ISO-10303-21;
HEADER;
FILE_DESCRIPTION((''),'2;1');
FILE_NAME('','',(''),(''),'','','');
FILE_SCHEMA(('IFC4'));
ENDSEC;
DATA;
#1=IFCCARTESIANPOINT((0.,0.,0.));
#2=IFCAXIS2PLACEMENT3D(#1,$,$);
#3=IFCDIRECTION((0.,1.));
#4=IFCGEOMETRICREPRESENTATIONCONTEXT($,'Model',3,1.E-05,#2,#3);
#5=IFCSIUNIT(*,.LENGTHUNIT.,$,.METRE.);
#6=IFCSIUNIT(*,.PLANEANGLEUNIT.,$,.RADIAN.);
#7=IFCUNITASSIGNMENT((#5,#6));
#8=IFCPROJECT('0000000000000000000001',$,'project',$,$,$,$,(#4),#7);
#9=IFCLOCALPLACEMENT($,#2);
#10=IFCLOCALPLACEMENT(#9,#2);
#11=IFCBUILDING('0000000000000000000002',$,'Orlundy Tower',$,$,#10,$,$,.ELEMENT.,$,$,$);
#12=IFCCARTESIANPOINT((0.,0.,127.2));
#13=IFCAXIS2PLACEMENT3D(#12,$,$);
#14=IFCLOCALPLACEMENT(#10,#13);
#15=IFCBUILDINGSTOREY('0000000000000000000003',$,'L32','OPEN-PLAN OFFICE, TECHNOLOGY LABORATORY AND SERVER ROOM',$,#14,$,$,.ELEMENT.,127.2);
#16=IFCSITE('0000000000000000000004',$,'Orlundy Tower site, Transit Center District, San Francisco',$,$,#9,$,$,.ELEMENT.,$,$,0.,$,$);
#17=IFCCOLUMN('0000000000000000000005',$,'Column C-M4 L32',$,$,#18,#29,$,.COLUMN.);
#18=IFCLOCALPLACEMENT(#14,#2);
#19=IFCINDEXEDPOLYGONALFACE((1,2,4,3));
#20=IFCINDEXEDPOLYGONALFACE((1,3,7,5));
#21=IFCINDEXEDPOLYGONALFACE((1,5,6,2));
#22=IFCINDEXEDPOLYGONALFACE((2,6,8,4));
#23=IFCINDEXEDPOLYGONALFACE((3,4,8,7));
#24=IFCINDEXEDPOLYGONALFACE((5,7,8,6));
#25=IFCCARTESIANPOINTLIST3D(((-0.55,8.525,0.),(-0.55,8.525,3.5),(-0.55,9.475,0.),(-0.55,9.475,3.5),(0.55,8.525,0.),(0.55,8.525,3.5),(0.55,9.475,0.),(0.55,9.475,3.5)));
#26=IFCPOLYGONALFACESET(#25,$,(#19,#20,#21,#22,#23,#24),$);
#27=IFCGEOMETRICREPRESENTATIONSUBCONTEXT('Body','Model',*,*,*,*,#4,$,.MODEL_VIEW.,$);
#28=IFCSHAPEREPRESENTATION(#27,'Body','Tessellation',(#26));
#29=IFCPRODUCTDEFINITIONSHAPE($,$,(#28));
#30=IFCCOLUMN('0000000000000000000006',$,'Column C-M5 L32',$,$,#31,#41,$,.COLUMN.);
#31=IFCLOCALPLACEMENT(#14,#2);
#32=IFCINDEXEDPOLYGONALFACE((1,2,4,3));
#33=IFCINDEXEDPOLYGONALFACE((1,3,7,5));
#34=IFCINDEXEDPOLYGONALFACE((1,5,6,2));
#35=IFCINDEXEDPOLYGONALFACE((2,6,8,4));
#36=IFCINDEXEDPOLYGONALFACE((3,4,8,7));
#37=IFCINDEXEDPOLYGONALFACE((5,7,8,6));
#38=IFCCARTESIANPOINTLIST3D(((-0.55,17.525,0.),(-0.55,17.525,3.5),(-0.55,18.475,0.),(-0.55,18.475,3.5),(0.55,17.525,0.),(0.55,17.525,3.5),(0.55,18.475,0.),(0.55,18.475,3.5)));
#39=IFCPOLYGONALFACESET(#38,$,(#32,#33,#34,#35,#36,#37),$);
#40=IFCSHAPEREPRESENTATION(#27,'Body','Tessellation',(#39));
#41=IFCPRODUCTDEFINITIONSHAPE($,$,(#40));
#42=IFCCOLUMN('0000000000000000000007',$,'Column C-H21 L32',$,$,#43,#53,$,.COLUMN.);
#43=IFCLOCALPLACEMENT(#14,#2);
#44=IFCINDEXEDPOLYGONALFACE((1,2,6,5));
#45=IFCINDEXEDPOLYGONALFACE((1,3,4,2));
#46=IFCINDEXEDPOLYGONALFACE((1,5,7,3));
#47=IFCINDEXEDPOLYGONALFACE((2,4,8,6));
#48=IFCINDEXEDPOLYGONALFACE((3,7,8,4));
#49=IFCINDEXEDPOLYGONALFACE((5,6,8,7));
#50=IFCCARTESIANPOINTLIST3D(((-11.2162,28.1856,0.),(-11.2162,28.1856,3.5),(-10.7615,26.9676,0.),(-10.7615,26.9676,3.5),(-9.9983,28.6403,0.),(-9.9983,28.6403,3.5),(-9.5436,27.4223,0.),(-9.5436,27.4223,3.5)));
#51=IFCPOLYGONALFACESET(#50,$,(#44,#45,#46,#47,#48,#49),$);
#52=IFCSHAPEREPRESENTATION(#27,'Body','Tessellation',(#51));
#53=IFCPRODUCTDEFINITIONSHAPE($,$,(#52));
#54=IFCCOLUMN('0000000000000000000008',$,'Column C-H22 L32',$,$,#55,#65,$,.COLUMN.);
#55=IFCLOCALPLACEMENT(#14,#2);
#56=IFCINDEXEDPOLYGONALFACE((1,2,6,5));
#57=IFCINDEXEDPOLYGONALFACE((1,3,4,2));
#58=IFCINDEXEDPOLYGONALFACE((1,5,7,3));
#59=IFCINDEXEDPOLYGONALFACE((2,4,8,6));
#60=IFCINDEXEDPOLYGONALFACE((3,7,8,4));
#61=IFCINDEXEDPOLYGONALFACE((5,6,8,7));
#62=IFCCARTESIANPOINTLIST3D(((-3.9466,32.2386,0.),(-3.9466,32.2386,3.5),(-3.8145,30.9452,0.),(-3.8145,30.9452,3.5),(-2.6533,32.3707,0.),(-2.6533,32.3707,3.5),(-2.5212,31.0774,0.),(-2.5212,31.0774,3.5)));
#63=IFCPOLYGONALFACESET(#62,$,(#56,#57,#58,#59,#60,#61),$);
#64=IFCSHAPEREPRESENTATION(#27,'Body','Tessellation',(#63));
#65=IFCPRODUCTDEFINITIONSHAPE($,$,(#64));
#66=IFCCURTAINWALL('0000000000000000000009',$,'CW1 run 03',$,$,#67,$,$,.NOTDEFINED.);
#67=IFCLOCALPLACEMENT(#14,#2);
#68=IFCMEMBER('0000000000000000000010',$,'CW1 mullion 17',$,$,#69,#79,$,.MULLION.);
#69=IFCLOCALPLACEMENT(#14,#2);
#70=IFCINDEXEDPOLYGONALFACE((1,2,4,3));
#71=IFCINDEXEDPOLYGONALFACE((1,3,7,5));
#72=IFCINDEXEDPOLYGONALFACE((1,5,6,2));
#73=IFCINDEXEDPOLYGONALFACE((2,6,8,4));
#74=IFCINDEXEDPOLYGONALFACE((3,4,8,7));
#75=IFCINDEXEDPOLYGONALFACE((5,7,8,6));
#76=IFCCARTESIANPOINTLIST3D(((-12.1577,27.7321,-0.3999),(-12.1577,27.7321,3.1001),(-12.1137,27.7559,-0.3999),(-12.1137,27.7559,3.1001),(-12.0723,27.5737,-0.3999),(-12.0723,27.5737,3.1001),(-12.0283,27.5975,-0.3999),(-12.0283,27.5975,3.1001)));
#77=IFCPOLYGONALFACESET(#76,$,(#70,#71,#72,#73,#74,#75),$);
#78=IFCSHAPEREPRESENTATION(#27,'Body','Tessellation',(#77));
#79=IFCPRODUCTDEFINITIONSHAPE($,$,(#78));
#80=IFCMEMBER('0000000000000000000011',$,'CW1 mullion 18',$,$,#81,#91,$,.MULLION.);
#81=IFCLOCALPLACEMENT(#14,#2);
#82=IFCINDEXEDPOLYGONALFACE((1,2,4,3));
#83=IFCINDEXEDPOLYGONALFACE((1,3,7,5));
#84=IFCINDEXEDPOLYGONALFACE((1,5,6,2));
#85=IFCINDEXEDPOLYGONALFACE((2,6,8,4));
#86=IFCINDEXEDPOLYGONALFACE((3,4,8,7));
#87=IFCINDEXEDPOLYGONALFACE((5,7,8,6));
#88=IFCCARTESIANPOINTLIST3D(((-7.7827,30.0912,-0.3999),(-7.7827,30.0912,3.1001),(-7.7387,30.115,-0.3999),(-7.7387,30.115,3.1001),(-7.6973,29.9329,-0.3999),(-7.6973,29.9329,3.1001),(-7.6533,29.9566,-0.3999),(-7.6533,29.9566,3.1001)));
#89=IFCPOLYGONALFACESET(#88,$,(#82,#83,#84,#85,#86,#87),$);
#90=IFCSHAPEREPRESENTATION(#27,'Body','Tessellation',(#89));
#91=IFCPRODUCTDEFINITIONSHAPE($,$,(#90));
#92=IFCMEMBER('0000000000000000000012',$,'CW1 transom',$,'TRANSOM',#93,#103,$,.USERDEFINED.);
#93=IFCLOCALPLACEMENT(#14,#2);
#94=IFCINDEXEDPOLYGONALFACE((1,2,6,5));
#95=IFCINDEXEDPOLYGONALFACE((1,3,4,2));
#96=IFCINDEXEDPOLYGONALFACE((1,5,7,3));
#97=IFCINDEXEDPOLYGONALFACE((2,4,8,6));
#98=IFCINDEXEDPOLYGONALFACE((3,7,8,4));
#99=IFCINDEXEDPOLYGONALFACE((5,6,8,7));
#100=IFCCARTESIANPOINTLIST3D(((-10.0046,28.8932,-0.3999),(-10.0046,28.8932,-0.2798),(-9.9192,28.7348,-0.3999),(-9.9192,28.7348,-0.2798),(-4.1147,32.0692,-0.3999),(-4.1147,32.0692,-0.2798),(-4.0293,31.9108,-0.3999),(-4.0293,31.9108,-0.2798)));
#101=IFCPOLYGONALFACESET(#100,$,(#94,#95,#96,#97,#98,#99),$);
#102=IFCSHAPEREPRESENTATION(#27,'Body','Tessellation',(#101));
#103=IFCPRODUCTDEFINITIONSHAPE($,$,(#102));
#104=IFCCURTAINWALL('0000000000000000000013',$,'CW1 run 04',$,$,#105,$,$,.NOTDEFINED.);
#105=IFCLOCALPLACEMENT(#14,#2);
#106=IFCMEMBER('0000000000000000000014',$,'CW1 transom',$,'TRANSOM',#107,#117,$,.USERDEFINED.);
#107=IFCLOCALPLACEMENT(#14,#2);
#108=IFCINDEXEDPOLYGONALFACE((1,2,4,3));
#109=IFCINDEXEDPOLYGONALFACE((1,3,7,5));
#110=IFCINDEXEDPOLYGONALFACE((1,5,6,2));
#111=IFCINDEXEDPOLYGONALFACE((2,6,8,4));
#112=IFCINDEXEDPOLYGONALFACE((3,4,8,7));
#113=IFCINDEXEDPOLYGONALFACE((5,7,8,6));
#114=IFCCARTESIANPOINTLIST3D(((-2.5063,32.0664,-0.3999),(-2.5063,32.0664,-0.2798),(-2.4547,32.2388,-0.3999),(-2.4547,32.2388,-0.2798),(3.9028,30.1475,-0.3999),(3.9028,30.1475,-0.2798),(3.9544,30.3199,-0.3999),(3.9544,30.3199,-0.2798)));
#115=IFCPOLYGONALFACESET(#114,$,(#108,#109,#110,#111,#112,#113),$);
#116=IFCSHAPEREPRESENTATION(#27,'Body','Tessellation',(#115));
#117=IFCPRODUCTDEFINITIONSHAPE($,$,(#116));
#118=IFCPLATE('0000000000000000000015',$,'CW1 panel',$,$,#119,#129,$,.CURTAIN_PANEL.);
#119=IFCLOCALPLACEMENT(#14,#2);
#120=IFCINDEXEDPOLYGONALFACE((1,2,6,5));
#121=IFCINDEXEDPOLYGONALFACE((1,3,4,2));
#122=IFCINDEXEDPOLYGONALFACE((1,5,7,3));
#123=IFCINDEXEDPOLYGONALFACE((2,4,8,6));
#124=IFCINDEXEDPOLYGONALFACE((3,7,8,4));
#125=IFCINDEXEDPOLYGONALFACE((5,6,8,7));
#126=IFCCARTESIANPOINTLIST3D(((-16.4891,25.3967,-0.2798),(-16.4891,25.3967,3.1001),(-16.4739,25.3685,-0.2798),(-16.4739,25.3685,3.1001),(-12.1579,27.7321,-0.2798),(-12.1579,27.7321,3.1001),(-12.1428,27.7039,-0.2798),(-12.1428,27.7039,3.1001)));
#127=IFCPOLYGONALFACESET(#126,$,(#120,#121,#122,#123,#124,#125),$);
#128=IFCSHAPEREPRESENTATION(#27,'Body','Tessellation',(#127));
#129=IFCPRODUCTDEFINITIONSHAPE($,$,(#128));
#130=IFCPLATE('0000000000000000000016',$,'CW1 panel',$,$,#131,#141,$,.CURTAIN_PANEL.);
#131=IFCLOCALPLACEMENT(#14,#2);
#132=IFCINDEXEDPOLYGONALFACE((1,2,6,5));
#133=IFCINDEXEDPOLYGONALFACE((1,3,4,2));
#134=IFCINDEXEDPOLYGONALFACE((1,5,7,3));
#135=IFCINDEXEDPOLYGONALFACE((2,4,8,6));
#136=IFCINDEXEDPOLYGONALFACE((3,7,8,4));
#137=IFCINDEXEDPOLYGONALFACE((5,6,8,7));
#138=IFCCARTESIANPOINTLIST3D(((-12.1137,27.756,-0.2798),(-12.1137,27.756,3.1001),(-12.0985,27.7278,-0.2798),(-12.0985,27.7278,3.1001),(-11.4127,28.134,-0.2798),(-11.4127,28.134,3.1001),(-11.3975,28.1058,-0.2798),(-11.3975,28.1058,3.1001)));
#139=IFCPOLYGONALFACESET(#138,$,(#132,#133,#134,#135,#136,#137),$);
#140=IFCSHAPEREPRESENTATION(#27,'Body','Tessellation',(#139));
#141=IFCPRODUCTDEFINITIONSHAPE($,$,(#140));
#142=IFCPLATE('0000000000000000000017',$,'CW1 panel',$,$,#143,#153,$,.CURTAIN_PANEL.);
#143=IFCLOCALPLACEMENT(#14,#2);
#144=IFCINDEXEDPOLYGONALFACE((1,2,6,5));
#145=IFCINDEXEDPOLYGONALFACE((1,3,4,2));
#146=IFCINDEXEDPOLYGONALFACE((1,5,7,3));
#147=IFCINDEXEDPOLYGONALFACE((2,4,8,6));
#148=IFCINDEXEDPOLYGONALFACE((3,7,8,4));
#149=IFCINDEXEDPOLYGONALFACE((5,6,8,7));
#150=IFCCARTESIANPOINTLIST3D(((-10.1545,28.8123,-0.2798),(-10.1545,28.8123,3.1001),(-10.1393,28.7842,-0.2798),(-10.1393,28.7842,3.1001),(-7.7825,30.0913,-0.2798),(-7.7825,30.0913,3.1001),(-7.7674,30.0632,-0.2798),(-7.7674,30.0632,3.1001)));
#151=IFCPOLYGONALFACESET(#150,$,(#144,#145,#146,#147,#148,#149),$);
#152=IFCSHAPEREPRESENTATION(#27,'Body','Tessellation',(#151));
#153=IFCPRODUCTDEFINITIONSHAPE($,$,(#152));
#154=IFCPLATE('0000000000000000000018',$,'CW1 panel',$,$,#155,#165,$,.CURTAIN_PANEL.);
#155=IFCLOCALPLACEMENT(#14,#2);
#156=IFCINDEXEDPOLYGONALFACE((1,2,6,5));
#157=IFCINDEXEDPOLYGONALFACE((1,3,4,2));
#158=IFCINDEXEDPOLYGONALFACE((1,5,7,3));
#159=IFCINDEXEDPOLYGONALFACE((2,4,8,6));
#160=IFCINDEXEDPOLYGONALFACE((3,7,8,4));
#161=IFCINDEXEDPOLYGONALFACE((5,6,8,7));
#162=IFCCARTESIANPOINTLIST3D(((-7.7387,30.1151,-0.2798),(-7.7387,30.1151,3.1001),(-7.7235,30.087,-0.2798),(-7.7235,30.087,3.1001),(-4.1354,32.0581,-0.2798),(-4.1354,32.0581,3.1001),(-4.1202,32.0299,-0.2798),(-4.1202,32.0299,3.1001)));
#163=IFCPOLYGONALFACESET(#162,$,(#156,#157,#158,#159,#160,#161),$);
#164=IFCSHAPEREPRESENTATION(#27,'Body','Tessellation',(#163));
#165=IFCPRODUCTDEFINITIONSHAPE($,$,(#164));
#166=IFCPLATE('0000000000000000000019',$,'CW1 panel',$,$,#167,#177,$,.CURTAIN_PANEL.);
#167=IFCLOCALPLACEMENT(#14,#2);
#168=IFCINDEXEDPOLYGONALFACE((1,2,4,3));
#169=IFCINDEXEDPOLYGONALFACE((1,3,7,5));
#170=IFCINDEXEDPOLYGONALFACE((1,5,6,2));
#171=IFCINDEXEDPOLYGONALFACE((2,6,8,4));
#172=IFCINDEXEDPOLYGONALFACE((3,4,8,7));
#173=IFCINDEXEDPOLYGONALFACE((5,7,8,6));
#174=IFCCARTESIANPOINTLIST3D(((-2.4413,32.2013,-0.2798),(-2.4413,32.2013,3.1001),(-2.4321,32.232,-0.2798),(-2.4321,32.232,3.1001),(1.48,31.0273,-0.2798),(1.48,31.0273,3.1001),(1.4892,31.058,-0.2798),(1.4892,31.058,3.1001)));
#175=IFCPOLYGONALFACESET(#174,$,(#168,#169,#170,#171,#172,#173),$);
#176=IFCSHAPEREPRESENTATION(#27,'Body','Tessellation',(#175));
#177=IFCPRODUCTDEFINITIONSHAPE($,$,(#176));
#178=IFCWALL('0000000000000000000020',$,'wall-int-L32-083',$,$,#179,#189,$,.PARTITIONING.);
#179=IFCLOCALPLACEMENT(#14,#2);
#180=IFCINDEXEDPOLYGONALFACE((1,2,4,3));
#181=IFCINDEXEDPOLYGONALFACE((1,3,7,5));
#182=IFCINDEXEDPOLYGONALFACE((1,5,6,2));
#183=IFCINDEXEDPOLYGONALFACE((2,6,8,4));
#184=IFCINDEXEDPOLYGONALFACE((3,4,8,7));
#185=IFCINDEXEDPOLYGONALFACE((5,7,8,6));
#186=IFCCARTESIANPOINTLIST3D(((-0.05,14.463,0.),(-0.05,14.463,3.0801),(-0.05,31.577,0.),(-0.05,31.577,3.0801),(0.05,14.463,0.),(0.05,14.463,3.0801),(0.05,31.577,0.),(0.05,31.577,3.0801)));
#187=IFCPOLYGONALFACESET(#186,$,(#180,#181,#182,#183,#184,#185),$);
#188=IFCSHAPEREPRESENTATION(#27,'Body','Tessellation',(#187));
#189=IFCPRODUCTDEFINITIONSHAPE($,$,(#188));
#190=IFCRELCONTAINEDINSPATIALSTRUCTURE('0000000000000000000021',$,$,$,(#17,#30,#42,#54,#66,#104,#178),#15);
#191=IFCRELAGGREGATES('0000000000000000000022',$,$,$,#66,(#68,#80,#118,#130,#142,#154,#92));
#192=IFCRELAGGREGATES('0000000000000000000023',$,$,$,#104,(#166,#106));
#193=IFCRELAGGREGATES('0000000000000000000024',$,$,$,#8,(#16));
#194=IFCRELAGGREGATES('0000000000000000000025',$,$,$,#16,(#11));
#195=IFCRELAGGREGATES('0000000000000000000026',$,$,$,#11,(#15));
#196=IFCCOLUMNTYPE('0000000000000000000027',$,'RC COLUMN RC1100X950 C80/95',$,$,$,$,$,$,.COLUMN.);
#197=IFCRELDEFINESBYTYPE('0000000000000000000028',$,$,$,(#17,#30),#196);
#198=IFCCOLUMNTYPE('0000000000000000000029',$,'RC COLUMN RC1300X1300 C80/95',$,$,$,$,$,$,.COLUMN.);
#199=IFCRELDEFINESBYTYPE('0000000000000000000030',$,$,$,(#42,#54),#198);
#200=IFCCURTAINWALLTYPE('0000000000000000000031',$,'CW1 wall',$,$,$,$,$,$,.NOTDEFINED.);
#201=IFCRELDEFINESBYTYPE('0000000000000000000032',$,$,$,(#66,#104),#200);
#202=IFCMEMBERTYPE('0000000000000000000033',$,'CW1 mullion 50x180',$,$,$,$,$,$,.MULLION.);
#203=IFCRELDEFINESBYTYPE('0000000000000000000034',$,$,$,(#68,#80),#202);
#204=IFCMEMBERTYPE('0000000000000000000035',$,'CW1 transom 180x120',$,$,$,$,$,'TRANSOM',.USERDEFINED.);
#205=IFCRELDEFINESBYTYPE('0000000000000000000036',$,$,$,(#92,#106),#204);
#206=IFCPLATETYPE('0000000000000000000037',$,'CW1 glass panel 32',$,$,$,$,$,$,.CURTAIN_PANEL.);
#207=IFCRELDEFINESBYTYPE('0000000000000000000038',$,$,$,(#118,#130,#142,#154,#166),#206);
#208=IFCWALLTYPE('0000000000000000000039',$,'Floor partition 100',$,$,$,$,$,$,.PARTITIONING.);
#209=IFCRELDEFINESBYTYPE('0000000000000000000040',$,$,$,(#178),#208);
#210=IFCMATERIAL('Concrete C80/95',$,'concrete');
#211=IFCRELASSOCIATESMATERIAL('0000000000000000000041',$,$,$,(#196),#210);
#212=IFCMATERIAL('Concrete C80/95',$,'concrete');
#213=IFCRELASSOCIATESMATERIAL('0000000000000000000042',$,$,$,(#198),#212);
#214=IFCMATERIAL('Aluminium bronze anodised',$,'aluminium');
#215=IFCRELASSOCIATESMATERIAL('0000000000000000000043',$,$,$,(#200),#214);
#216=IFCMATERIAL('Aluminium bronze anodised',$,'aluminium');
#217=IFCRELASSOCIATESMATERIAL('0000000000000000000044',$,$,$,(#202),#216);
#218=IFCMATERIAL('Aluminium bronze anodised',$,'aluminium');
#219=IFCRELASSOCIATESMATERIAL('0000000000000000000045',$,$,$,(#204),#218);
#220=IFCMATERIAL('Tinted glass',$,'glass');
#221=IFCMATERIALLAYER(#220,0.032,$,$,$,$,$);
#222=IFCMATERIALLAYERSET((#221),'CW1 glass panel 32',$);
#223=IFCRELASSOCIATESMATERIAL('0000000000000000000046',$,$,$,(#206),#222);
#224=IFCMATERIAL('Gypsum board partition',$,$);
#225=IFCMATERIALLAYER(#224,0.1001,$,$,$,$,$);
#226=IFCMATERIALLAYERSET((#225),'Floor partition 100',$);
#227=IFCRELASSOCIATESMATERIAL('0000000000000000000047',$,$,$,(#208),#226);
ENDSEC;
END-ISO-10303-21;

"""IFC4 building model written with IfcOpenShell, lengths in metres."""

from ifc_helpers import new_model, si_unit, direction, frame, frame_2d, origin, origin_2d, place, context, subcontext, project, spatial, rectangle, extrude, material, layer, layer_set, material_profile, profile_set, type_object, element, aggregate, save


model = new_model("IFC4")

# Units and contexts
model_context = context("Model", 3, precision=1e-05, world=origin(), true_north=direction((0.0, 1.0)))
body_context = subcontext(model_context, "Body", "Model", "MODEL_VIEW")
ifc_project = project(units=[si_unit("LENGTHUNIT", "METRE"), si_unit("PLANEANGLEUNIT", "RADIAN")], contexts=[model_context])

# Site, building, storey
site_placement = place(None, origin())
site = spatial("IfcSite", under=ifc_project, at=site_placement, Name="Orlundy Tower site, Transit Center District, San Francisco", CompositionType="ELEMENT", RefElevation=0.0)
building_placement = place(site_placement, origin())
building = spatial("IfcBuilding", under=site, at=building_placement, Name="Orlundy Tower", CompositionType="ELEMENT")
storey_placement = place(building_placement, frame((0.0, 0.0, 127.2)))
storey = spatial("IfcBuildingStorey", under=building, at=storey_placement, Name="L32", Description="OPEN-PLAN OFFICE, TECHNOLOGY LABORATORY AND SERVER ROOM", CompositionType="ELEMENT", Elevation=127.2)

# Columns
ifc_material_1 = material(Name="Concrete C80/95", Category="concrete")
ifc_material_profile_1 = material_profile(ifc_material_1, rectangle(XDim=1.1001, YDim=0.95, at=origin_2d()), Name="RC1100X950")
ifc_profile_set_1 = profile_set([ifc_material_profile_1], Name="Concrete C80/95")
column_type_1 = type_object("IfcColumnType", Name="RC COLUMN RC1100X950 C80/95", PredefinedType="COLUMN", material=ifc_profile_set_1)
for number, where, z_axis, x_axis, name in (
    (1, (0.0, 9.0, 0.0), (0.0, 0.0, 1.0), (1.0, 0.0, 0.0), "Column C-M4 L32"),
    (2, (0.0, 18.0, 0.0), (0.0, 0.0, 1.0), (1.0, 0.0, 0.0), "Column C-M5 L32"),
):
    element("IfcColumn", number, at=place(storey_placement, frame(where, z_axis=z_axis, x_axis=x_axis)), inside=storey, type_object=column_type_1, Name=name, PredefinedType="COLUMN", context=body_context, shape_type="SweptSolid", body=[
        extrude(rectangle(XDim=1.1001, YDim=0.95, at=origin_2d()), origin(), (0.0, 0.0, 1.0), 3.5),
    ])
ifc_material_2 = material(Name="Concrete C80/95", Category="concrete")
ifc_material_profile_2 = material_profile(ifc_material_2, rectangle(XDim=1.3, YDim=1.3, at=origin_2d()), Name="RC1300X1300")
ifc_profile_set_2 = profile_set([ifc_material_profile_2], Name="Concrete C80/95")
column_type_2 = type_object("IfcColumnType", Name="RC COLUMN RC1300X1300 C80/95", PredefinedType="COLUMN", material=ifc_profile_set_2)
for number, where, z_axis, x_axis, name in (
    (3, (-10.3799, 27.804, 0.0), (0.0, 0.0, 1.0), (-0.34975, 0.936843, 0.0), "Column C-H21 L32"),
    (4, (-3.2339, 31.658, 0.0), (0.0, 0.0, 1.0), (-0.101629, 0.994822, 0.0), "Column C-H22 L32"),
):
    element("IfcColumn", number, at=place(storey_placement, frame(where, z_axis=z_axis, x_axis=x_axis)), inside=storey, type_object=column_type_2, Name=name, PredefinedType="COLUMN", context=body_context, shape_type="SweptSolid", body=[
        extrude(rectangle(XDim=1.3, YDim=1.3, at=origin_2d()), origin(), (0.0, 0.0, 1.0), 3.5),
    ])

# Curtain wall, members
ifc_material_3 = material(Name="Aluminium bronze anodised", Category="aluminium")
curtain_wall_type = type_object("IfcCurtainWallType", Name="CW1 wall", PredefinedType="NOTDEFINED", material=ifc_material_3)
curtain_wall_1_placement = place(storey_placement, origin())
curtain_wall_1 = element("IfcCurtainWall", 5, at=curtain_wall_1_placement, inside=storey, type_object=curtain_wall_type, Name="CW1 run 03", PredefinedType="NOTDEFINED")
ifc_material_4 = material(Name="Aluminium bronze anodised", Category="aluminium")
ifc_material_profile_3 = material_profile(ifc_material_4, rectangle(XDim=0.1799, YDim=0.05, at=origin_2d()), Name="CW1 mullion 50x180")
ifc_profile_set_3 = profile_set([ifc_material_profile_3], Name="Aluminium bronze anodised")
member_type_1 = type_object("IfcMemberType", Name="CW1 mullion 50x180", PredefinedType="MULLION", material=ifc_profile_set_3)
member_1_placement = place(storey_placement, frame((-12.093, 27.6648, -0.3999), z_axis=(0.0, 0.0, 1.0), x_axis=(-0.474618, 0.880192, 0.0)))
member_1 = element("IfcMember", 6, at=member_1_placement, type_object=member_type_1, Name="CW1 mullion 17", PredefinedType="MULLION", context=body_context, shape_type="SweptSolid", body=[
    extrude(rectangle(XDim=0.1799, YDim=0.05, at=origin_2d()), origin(), (0.0, 0.0, 1.0), 3.5),
])
member_2_placement = place(storey_placement, frame((-7.718, 30.0239, -0.3999), z_axis=(0.0, 0.0, 1.0), x_axis=(-0.474618, 0.880192, 0.0)))
member_2 = element("IfcMember", 7, at=member_2_placement, type_object=member_type_1, Name="CW1 mullion 18", PredefinedType="MULLION", context=body_context, shape_type="SweptSolid", body=[
    extrude(rectangle(XDim=0.1799, YDim=0.05, at=origin_2d()), origin(), (0.0, 0.0, 1.0), 3.5),
])
ifc_material_5 = material(Name="Aluminium bronze anodised", Category="aluminium")
ifc_material_profile_4 = material_profile(ifc_material_5, rectangle(XDim=0.1799, YDim=0.1201, at=origin_2d()), Name="CW1 transom 180x120")
ifc_profile_set_4 = profile_set([ifc_material_profile_4], Name="Aluminium bronze anodised")
member_type_2 = type_object("IfcMemberType", Name="CW1 transom 180x120", ElementType="TRANSOM", PredefinedType="USERDEFINED", material=ifc_profile_set_4)
member_3_placement = place(storey_placement, frame((-9.9619, 28.814, -0.3398), z_axis=(0.880187, 0.474626, 0.0), x_axis=(-0.474626, 0.880187, 0.0)))
member_3 = element("IfcMember", 8, at=member_3_placement, type_object=member_type_2, Name="CW1 transom", ObjectType="TRANSOM", PredefinedType="USERDEFINED", context=body_context, shape_type="SweptSolid", body=[
    extrude(rectangle(XDim=0.1799, YDim=0.1201, at=origin_2d()), origin(), (0.0, 0.0, 1.0), 6.6917),
])

# Curtain wall, member
curtain_wall_2_placement = place(storey_placement, origin())
curtain_wall_2 = element("IfcCurtainWall", 9, at=curtain_wall_2_placement, inside=storey, type_object=curtain_wall_type, Name="CW1 run 04", PredefinedType="NOTDEFINED")
member_4_placement = place(storey_placement, frame((-2.4805, 32.1526, -0.3398), z_axis=(0.957983, -0.286826, 0.0), x_axis=(0.286826, 0.957983, 0.0)))
member_4 = element("IfcMember", 10, at=member_4_placement, type_object=member_type_2, Name="CW1 transom", ObjectType="TRANSOM", PredefinedType="USERDEFINED", context=body_context, shape_type="SweptSolid", body=[
    extrude(rectangle(XDim=0.1799, YDim=0.1201, at=origin_2d()), origin(), (0.0, 0.0, 1.0), 6.6902),
])

# Plates
ifc_material_6 = material(Name="Tinted glass", Category="glass")
ifc_layer_1 = layer(ifc_material_6, 0.032)
ifc_layer_set_1 = layer_set([ifc_layer_1], Name="CW1 glass panel 32")
plate_type = type_object("IfcPlateType", Name="CW1 glass panel 32", PredefinedType="CURTAIN_PANEL", material=ifc_layer_set_1)
plate_1_placement = place(storey_placement, frame((-14.3159, 26.5503, -0.2798), z_axis=(0.0, 0.0, 1.0), x_axis=(0.880192, 0.474618, 0.0)))
plate_1 = element("IfcPlate", 11, at=plate_1_placement, type_object=plate_type, Name="CW1 panel", PredefinedType="CURTAIN_PANEL", context=body_context, shape_type="SweptSolid", body=[
    extrude(rectangle(XDim=4.9207, YDim=0.032, at=origin_2d()), origin(), (0.0, 0.0, 1.0), 3.3799),
])
plate_2_placement = place(storey_placement, frame((-11.7556, 27.9309, -0.2798), z_axis=(0.0, 0.0, 1.0), x_axis=(0.880192, 0.474618, 0.0)))
plate_2 = element("IfcPlate", 12, at=plate_2_placement, type_object=plate_type, Name="CW1 panel", PredefinedType="CURTAIN_PANEL", context=body_context, shape_type="SweptSolid", body=[
    extrude(rectangle(XDim=0.7964, YDim=0.032, at=origin_2d()), origin(), (0.0, 0.0, 1.0), 3.3799),
])
plate_3_placement = place(storey_placement, frame((-8.9609, 29.4377, -0.2798), z_axis=(0.0, 0.0, 1.0), x_axis=(0.880192, 0.474618, 0.0)))
plate_3 = element("IfcPlate", 13, at=plate_3_placement, type_object=plate_type, Name="CW1 panel", PredefinedType="CURTAIN_PANEL", context=body_context, shape_type="SweptSolid", body=[
    extrude(rectangle(XDim=2.6948, YDim=0.032, at=origin_2d()), origin(), (0.0, 0.0, 1.0), 3.3799),
])
plate_4_placement = place(storey_placement, frame((-5.9294, 31.0725, -0.2798), z_axis=(0.0, 0.0, 1.0), x_axis=(0.880192, 0.474618, 0.0)))
plate_4 = element("IfcPlate", 14, at=plate_4_placement, type_object=plate_type, Name="CW1 panel", PredefinedType="CURTAIN_PANEL", context=body_context, shape_type="SweptSolid", body=[
    extrude(rectangle(XDim=4.0938, YDim=0.032, at=origin_2d()), origin(), (0.0, 0.0, 1.0), 3.3799),
])
aggregate(curtain_wall_1, [member_1, member_2, plate_1, plate_2, plate_3, plate_4, member_3])
plate_5_placement = place(storey_placement, frame((-0.4761, 31.6296, -0.2798), z_axis=(0.0, 0.0, 1.0), x_axis=(0.957986, -0.286816, 0.0)))
plate_5 = element("IfcPlate", 15, at=plate_5_placement, type_object=plate_type, Name="CW1 panel", PredefinedType="CURTAIN_PANEL", context=body_context, shape_type="SweptSolid", body=[
    extrude(rectangle(XDim=4.0933, YDim=0.032, at=origin_2d()), origin(), (0.0, 0.0, 1.0), 3.3799),
])
aggregate(curtain_wall_2, [plate_5, member_4])

# Wall
ifc_material_7 = material(Name="Gypsum board partition")
ifc_layer_2 = layer(ifc_material_7, 0.1001)
ifc_layer_set_2 = layer_set([ifc_layer_2], Name="Floor partition 100")
wall_type_1 = type_object("IfcWallType", Name="Floor partition 100", PredefinedType="PARTITIONING", material=ifc_layer_set_2)
wall_1_placement = place(storey_placement, frame((0.0, 14.4629, 0.0), z_axis=(0.0, 0.0, 1.0), x_axis=(0.0, 1.0, 0.0)))
element("IfcWall", 16, at=wall_1_placement, inside=storey, type_object=wall_type_1, Name="wall-int-L32-083", PredefinedType="PARTITIONING", context=body_context, shape_type="SweptSolid", body=[
    extrude(rectangle(XDim=17.114, YDim=0.1001, at=frame_2d((8.5571, 0.0))), origin(), (0.0, 0.0, 1.0), 3.0801),
])

save(model, "model.ifc")
